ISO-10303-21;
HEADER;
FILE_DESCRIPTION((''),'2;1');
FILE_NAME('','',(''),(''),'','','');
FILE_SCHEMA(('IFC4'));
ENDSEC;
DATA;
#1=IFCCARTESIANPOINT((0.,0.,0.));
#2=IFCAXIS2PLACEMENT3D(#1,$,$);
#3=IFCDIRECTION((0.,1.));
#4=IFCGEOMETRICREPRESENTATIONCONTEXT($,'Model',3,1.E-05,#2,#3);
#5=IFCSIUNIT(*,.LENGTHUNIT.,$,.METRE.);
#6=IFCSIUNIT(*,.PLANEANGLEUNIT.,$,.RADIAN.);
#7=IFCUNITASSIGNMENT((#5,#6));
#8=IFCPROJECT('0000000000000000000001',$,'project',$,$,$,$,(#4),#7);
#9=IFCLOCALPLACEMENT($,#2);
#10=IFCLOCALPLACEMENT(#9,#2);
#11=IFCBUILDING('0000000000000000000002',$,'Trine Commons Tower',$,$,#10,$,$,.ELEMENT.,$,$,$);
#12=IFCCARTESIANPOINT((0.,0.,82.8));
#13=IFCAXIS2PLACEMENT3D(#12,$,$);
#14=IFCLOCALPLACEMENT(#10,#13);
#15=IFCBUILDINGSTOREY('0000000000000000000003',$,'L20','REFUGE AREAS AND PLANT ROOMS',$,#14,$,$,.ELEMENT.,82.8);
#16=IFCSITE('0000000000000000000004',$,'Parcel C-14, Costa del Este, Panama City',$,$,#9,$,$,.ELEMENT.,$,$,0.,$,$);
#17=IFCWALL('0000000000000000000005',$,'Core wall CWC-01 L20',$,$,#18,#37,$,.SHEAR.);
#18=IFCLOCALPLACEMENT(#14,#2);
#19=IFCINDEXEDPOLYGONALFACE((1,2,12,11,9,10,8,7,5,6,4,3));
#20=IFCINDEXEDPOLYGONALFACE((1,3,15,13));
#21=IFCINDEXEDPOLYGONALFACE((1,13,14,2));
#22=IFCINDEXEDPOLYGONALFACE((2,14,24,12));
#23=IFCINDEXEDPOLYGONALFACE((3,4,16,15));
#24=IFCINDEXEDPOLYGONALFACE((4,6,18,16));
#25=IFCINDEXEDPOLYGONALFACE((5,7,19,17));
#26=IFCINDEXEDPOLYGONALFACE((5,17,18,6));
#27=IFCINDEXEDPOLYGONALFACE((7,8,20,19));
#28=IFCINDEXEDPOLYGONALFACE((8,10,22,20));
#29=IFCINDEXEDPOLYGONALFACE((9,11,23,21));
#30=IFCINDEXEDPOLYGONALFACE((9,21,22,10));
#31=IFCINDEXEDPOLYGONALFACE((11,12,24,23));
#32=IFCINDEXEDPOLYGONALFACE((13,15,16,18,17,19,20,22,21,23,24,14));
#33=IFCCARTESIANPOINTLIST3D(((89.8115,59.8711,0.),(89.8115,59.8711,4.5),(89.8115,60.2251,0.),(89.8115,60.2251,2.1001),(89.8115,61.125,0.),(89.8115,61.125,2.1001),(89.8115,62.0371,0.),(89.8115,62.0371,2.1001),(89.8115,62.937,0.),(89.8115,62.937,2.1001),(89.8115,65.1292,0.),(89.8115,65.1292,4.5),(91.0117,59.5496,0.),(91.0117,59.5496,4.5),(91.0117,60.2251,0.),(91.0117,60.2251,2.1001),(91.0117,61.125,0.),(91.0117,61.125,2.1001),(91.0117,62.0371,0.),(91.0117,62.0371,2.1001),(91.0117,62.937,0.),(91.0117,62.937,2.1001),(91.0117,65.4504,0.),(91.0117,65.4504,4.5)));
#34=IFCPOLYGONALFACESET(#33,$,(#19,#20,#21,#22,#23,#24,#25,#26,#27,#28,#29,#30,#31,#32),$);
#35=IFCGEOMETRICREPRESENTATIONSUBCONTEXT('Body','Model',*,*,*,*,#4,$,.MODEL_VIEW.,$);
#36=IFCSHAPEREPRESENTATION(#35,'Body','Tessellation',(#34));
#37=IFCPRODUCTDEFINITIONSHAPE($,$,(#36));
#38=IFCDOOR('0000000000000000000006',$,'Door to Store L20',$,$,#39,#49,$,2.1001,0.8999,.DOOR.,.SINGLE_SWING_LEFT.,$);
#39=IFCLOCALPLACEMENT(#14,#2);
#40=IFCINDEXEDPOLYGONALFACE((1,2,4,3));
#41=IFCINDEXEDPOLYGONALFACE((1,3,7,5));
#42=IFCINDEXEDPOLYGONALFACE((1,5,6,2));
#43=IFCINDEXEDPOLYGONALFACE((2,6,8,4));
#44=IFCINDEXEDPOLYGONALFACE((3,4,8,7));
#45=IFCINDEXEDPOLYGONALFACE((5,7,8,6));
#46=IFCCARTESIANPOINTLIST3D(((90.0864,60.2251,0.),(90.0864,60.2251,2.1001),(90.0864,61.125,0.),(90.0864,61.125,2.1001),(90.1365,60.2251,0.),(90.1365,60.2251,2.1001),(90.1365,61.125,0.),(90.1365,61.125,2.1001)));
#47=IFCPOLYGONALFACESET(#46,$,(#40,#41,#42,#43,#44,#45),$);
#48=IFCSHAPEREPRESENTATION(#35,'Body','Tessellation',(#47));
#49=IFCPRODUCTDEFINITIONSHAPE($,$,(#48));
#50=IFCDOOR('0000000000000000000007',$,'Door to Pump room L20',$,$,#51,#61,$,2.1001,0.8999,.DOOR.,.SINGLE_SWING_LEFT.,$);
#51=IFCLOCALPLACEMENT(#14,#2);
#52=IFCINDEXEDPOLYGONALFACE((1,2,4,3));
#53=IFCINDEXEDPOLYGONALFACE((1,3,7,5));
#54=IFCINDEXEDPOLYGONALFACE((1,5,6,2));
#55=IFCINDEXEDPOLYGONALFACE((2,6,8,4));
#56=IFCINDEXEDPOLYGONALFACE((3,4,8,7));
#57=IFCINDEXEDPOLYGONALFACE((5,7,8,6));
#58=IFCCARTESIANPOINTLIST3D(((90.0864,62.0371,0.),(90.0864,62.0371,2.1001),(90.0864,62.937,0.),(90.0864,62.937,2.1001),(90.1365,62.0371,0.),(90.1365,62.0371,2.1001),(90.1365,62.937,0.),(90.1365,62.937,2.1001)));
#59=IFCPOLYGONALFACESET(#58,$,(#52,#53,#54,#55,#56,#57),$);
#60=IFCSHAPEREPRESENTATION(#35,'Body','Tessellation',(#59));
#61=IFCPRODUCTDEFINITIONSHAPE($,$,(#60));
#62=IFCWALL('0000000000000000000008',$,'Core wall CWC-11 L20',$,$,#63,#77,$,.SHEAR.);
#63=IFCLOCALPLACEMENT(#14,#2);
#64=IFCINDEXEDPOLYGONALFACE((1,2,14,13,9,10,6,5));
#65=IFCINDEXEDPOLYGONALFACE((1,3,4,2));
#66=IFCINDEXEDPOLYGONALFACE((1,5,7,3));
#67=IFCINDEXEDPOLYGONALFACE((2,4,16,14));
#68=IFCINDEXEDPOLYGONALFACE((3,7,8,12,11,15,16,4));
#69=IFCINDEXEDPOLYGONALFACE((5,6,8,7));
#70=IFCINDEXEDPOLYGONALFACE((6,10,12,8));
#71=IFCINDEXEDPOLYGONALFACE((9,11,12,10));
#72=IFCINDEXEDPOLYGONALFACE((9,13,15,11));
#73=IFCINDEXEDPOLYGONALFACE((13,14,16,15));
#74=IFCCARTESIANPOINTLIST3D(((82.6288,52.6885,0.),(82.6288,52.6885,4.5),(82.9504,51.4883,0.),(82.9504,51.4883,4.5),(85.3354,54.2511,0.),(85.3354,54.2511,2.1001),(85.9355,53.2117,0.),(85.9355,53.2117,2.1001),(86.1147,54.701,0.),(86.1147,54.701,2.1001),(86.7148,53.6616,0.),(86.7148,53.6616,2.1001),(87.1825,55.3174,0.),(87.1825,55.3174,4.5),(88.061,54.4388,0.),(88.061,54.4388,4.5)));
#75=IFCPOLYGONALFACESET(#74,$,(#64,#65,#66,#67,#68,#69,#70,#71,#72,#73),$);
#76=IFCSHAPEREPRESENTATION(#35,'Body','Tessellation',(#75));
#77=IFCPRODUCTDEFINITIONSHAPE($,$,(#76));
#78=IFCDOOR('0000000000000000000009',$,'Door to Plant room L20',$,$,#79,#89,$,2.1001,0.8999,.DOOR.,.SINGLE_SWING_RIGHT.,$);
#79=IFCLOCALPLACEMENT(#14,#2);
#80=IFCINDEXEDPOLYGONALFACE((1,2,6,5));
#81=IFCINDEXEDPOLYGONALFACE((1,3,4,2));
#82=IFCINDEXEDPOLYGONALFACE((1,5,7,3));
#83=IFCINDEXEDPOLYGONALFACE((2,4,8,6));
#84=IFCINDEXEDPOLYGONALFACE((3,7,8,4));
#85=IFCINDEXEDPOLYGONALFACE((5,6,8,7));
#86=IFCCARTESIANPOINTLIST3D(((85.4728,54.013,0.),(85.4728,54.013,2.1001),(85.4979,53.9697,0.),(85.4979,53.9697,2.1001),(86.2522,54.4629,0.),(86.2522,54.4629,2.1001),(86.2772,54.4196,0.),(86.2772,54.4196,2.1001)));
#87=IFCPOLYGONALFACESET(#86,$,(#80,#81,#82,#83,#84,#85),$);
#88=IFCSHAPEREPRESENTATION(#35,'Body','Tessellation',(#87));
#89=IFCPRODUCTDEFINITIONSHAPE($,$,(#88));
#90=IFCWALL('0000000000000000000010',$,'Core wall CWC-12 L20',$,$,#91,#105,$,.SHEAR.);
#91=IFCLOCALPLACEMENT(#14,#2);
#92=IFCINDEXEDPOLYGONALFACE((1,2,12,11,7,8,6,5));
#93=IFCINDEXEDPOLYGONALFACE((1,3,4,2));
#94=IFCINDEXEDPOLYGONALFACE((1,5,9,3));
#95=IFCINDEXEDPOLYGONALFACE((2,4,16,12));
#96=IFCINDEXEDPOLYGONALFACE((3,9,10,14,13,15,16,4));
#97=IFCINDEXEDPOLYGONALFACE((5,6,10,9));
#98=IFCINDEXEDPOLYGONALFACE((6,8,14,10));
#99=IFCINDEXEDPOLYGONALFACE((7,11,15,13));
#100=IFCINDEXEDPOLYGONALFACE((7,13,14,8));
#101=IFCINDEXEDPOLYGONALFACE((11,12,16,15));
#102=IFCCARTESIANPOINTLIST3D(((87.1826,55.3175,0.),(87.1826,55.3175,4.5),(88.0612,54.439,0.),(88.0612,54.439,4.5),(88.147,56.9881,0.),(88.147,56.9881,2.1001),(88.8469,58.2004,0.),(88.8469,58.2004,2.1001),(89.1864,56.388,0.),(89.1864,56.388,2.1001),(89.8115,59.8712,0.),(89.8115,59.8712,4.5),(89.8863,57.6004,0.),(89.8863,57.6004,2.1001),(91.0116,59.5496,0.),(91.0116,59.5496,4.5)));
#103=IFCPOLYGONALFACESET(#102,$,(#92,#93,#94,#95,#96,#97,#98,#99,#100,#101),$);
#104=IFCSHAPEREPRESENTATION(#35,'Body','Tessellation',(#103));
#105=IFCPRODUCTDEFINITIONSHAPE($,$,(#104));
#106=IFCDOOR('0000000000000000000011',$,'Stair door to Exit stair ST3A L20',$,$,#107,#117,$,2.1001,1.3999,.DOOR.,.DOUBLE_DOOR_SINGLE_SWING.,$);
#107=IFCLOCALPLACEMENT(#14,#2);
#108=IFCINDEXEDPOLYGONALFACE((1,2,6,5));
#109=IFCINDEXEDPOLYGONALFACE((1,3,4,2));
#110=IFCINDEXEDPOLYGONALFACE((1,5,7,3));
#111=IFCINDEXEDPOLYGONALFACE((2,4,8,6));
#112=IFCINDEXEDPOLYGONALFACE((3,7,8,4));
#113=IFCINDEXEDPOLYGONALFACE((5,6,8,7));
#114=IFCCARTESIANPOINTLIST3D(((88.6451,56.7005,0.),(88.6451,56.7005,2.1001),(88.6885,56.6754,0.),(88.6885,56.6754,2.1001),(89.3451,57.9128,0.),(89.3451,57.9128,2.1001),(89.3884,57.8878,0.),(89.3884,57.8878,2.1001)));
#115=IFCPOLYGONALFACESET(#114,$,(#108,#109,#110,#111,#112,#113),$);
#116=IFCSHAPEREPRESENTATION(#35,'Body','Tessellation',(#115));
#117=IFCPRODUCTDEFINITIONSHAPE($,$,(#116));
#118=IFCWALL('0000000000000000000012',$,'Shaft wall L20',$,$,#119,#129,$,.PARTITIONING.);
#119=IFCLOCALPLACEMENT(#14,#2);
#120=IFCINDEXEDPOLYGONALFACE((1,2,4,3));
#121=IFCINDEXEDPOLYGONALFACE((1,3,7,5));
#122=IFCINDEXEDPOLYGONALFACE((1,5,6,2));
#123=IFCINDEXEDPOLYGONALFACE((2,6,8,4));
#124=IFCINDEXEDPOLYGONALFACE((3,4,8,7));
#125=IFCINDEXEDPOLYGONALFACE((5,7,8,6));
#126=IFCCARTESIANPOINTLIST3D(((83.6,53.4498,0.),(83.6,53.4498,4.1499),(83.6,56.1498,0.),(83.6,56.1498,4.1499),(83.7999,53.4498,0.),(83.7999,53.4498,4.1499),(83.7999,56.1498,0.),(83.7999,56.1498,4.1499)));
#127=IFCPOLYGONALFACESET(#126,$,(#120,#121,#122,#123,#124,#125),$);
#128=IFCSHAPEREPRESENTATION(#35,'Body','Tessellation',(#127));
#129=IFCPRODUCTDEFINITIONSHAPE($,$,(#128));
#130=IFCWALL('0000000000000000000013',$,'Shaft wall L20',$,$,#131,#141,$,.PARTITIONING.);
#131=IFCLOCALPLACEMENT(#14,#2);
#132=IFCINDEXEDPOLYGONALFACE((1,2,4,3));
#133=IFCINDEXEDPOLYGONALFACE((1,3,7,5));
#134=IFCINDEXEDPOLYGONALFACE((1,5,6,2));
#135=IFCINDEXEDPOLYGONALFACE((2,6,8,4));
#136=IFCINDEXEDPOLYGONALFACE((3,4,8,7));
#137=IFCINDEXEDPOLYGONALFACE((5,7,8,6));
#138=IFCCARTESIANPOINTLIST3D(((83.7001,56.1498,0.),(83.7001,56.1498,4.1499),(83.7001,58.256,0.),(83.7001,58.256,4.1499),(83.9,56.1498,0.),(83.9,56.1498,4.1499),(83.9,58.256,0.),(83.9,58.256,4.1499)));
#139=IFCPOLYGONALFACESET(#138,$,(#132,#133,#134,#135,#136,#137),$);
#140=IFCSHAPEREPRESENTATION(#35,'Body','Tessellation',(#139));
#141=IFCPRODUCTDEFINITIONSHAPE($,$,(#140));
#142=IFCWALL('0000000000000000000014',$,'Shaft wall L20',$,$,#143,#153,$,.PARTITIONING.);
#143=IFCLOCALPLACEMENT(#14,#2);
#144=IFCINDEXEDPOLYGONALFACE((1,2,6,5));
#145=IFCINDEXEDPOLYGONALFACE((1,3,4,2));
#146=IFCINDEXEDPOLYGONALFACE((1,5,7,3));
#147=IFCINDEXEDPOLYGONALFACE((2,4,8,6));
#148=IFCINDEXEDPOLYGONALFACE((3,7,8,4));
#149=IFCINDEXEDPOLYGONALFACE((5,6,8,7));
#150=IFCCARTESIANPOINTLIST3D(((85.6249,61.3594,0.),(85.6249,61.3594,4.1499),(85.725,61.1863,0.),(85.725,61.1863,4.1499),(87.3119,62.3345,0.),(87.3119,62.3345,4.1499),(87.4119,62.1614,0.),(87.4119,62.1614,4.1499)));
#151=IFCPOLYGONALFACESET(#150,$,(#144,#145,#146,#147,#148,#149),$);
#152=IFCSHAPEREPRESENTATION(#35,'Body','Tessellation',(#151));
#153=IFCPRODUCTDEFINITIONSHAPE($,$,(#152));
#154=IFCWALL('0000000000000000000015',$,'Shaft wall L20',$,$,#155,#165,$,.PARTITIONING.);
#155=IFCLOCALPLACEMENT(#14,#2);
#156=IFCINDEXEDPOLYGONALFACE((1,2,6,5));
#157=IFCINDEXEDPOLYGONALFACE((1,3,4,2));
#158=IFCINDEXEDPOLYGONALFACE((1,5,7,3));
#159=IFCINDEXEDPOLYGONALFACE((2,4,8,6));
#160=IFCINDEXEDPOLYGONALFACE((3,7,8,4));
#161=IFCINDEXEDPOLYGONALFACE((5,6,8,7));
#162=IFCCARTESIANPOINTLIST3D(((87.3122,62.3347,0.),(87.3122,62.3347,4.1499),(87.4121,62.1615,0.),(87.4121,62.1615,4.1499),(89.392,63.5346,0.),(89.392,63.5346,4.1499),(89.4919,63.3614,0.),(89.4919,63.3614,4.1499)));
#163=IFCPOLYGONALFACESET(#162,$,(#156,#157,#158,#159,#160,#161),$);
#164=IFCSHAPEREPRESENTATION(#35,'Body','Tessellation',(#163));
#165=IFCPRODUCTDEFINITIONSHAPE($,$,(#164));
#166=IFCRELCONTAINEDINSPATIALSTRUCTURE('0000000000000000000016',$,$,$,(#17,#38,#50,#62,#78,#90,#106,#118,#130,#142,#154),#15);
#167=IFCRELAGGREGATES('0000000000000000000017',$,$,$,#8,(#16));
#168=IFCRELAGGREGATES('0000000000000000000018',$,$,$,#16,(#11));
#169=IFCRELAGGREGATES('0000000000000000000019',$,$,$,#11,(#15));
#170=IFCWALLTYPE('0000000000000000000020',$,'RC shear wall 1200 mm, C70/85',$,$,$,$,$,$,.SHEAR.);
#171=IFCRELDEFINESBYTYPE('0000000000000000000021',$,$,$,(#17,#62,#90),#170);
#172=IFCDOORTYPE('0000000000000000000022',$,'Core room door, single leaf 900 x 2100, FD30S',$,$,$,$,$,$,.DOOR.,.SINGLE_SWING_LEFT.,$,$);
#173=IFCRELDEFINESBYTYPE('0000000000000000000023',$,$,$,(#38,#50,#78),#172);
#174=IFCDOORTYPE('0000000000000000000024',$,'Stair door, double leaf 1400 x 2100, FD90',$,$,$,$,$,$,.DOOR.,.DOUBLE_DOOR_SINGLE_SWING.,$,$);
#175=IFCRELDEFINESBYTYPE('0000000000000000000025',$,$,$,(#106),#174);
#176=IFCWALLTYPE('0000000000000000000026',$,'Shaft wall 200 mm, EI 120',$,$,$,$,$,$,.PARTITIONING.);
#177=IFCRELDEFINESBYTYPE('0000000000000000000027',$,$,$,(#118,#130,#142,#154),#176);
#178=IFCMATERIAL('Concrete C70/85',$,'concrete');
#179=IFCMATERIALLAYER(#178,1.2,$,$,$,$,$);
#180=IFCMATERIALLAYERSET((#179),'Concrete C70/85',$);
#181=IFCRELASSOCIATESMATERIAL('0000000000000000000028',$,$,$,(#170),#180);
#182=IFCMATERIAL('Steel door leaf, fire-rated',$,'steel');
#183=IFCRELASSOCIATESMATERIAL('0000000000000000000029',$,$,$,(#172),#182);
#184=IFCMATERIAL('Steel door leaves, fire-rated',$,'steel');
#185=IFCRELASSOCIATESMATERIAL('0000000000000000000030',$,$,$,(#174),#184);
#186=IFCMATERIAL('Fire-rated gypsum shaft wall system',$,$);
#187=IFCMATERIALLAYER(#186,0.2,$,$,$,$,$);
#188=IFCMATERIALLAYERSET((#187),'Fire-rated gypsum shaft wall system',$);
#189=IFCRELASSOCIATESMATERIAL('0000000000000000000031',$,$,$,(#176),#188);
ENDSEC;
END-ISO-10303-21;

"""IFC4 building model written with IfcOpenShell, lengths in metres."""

from ifc_helpers import new_model, si_unit, direction, frame, frame_2d, origin, place, context, subcontext, project, spatial, polyline, rectangle, outline, extrude, material, layer, layer_set, type_object, element, fill, save


model = new_model("IFC4")

# Units and contexts
model_context = context("Model", 3, precision=1e-05, world=origin(), true_north=direction((0.0, 1.0)))
body_context = subcontext(model_context, "Body", "Model", "MODEL_VIEW")
ifc_project = project(units=[si_unit("LENGTHUNIT", "METRE"), si_unit("PLANEANGLEUNIT", "RADIAN")], contexts=[model_context])

# Site, building, storey
site_placement = place(None, origin())
site = spatial("IfcSite", under=ifc_project, at=site_placement, Name="Parcel C-14, Costa del Este, Panama City", CompositionType="ELEMENT", RefElevation=0.0)
building_placement = place(site_placement, origin())
building = spatial("IfcBuilding", under=site, at=building_placement, Name="Trine Commons Tower", CompositionType="ELEMENT")
storey_placement = place(building_placement, frame((0.0, 0.0, 82.8)))
storey = spatial("IfcBuildingStorey", under=building, at=storey_placement, Name="L20", Description="REFUGE AREAS AND PLANT ROOMS", CompositionType="ELEMENT", Elevation=82.8)

# Wall, openings, doors
ifc_material_1 = material(Name="Concrete C70/85", Category="concrete")
ifc_layer_1 = layer(ifc_material_1, 1.2)
ifc_layer_set_1 = layer_set([ifc_layer_1], Name="Concrete C70/85")
wall_type_1 = type_object("IfcWallType", Name="RC shear wall 1200 mm, C70/85", PredefinedType="SHEAR", material=ifc_layer_set_1)
wall_1_placement = place(storey_placement, frame((90.4116, 59.5496, 0.0), z_axis=(0.0, 0.0, 1.0), x_axis=(0.0, 1.0, 0.0)))
wall_1 = element("IfcWall", 1, at=wall_1_placement, inside=storey, type_object=wall_type_1, Name="Core wall CWC-01 L20", PredefinedType="SHEAR", context=body_context, shape_type="SweptSolid", body=[
    extrude(outline(polyline([(0.0, -0.6001), (5.9009, -0.6001), (5.5796, 0.6001), (0.3215, 0.6001), (0.0, -0.6001)])), origin(), (0.0, 0.0, 1.0), 4.5),
])
opening_1_placement = place(wall_1_placement, frame((0.6755, 0.0, 0.0)))
opening_1 = element("IfcOpeningElement", 2, at=opening_1_placement, cuts=wall_1, PredefinedType="OPENING", context=body_context, shape_type="SweptSolid", body=[
    extrude(rectangle(XDim=0.8999, YDim=2.1001, at=frame_2d((0.45, 1.05))), frame((0.0, 0.6099, 0.0), z_axis=(0.0, -1.0, 0.0), x_axis=(1.0, 0.0, 0.0)), (0.0, 0.0, 1.0), 1.22),
])
opening_2_placement = place(wall_1_placement, frame((2.4875, 0.0, 0.0)))
opening_2 = element("IfcOpeningElement", 3, at=opening_2_placement, cuts=wall_1, PredefinedType="OPENING", context=body_context, shape_type="SweptSolid", body=[
    extrude(rectangle(XDim=0.8999, YDim=2.1001, at=frame_2d((0.45, 1.05))), frame((0.0, 0.6099, 0.0), z_axis=(0.0, -1.0, 0.0), x_axis=(1.0, 0.0, 0.0)), (0.0, 0.0, 1.0), 1.22),
])
ifc_material_2 = material(Name="Steel door leaf, fire-rated", Category="steel")
door_type_1 = type_object("IfcDoorType", Name="Core room door, single leaf 900 x 2100, FD30S", OperationType="SINGLE_SWING_LEFT", PredefinedType="DOOR", material=ifc_material_2)
door_1_placement = place(opening_1_placement, origin())
door_1 = element("IfcDoor", 4, at=door_1_placement, inside=storey, type_object=door_type_1, Name="Door to Store L20", OperationType="SINGLE_SWING_LEFT", OverallHeight=2.1001, OverallWidth=0.8999, PredefinedType="DOOR", context=body_context, shape_type="SweptSolid", body=[
    extrude(rectangle(XDim=0.8999, YDim=2.1001, at=frame_2d((0.45, 1.05))), frame((0.0, 0.3252, 0.0), z_axis=(0.0, -1.0, 0.0), x_axis=(1.0, 0.0, 0.0)), (0.0, 0.0, 1.0), 0.05),
])
fill(opening_1, door_1)
door_2_placement = place(opening_2_placement, origin())
door_2 = element("IfcDoor", 5, at=door_2_placement, inside=storey, type_object=door_type_1, Name="Door to Pump room L20", OperationType="SINGLE_SWING_LEFT", OverallHeight=2.1001, OverallWidth=0.8999, PredefinedType="DOOR", context=body_context, shape_type="SweptSolid", body=[
    extrude(rectangle(XDim=0.8999, YDim=2.1001, at=frame_2d((0.45, 1.05))), frame((0.0, 0.3252, 0.0), z_axis=(0.0, -1.0, 0.0), x_axis=(1.0, 0.0, 0.0)), (0.0, 0.0, 1.0), 0.05),
])
fill(opening_2, door_2)

# Walls, openings, doors
wall_2_placement = place(storey_placement, frame((82.6504, 52.0081, 0.0), z_axis=(0.0, 0.0, 1.0), x_axis=(0.866037, 0.499979, 0.0)))
wall_2 = element("IfcWall", 6, at=wall_2_placement, inside=storey, type_object=wall_type_1, Name="Core wall CWC-11 L20", PredefinedType="SHEAR", context=body_context, shape_type="SweptSolid", body=[
    extrude(outline(polyline([(0.0, -0.6001), (5.9011, -0.6001), (5.5796, 0.6001), (0.3215, 0.6001), (0.0, -0.6001)])), origin(), (0.0, 0.0, 1.0), 4.5),
])
opening_3_placement = place(wall_2_placement, frame((3.4468, 0.0, 0.0)))
opening_3 = element("IfcOpeningElement", 7, at=opening_3_placement, cuts=wall_2, PredefinedType="OPENING", context=body_context, shape_type="SweptSolid", body=[
    extrude(rectangle(XDim=0.8999, YDim=2.1001, at=frame_2d((0.45, 1.05))), frame((0.0, 0.6099, 0.0), z_axis=(0.0, -1.0, 0.0), x_axis=(1.0, 0.0, 0.0)), (0.0, 0.0, 1.0), 1.22),
])
door_3_placement = place(opening_3_placement, origin())
door_3 = element("IfcDoor", 8, at=door_3_placement, inside=storey, type_object=door_type_1, Name="Door to Plant room L20", OperationType="SINGLE_SWING_RIGHT", OverallHeight=2.1001, OverallWidth=0.8999, PredefinedType="DOOR", context=body_context, shape_type="SweptSolid", body=[
    extrude(rectangle(XDim=0.8999, YDim=2.1001, at=frame_2d((0.45, 1.05))), frame((0.0, 0.3252, 0.0), z_axis=(0.0, -1.0, 0.0), x_axis=(1.0, 0.0, 0.0)), (0.0, 0.0, 1.0), 0.05),
])
fill(opening_3, door_3)
wall_3_placement = place(storey_placement, frame((87.5415, 54.739, 0.0), z_axis=(0.0, 0.0, 1.0), x_axis=(0.499979, 0.866037, 0.0)))
wall_3 = element("IfcWall", 9, at=wall_3_placement, inside=storey, type_object=wall_type_1, Name="Core wall CWC-12 L20", PredefinedType="SHEAR", context=body_context, shape_type="SweptSolid", body=[
    extrude(outline(polyline([(0.0, -0.6001), (5.9011, -0.6001), (5.5796, 0.6001), (0.3215, 0.6001), (0.0, -0.6001)])), origin(), (0.0, 0.0, 1.0), 4.5),
])
opening_4_placement = place(wall_3_placement, frame((2.2505, 0.0, 0.0)))
opening_4 = element("IfcOpeningElement", 10, at=opening_4_placement, cuts=wall_3, PredefinedType="OPENING", context=body_context, shape_type="SweptSolid", body=[
    extrude(rectangle(XDim=1.3999, YDim=2.1001, at=frame_2d((0.7, 1.05))), frame((0.0, 0.6099, 0.0), z_axis=(0.0, -1.0, 0.0), x_axis=(1.0, 0.0, 0.0)), (0.0, 0.0, 1.0), 1.22),
])
ifc_material_3 = material(Name="Steel door leaves, fire-rated", Category="steel")
door_type_2 = type_object("IfcDoorType", Name="Stair door, double leaf 1400 x 2100, FD90", OperationType="DOUBLE_DOOR_SINGLE_SWING", PredefinedType="DOOR", material=ifc_material_3)
door_4_placement = place(opening_4_placement, origin())
door_4 = element("IfcDoor", 11, at=door_4_placement, inside=storey, type_object=door_type_2, Name="Stair door to Exit stair ST3A L20", OperationType="DOUBLE_DOOR_SINGLE_SWING", OverallHeight=2.1001, OverallWidth=1.3999, PredefinedType="DOOR", context=body_context, shape_type="SweptSolid", body=[
    extrude(rectangle(XDim=1.3999, YDim=2.1001, at=frame_2d((0.7, 1.05))), frame((0.0, 0.0249, 0.0), z_axis=(0.0, -1.0, 0.0), x_axis=(1.0, 0.0, 0.0)), (0.0, 0.0, 1.0), 0.05),
])
fill(opening_4, door_4)

# Walls
ifc_material_4 = material(Name="Fire-rated gypsum shaft wall system")
ifc_layer_2 = layer(ifc_material_4, 0.2)
ifc_layer_set_2 = layer_set([ifc_layer_2], Name="Fire-rated gypsum shaft wall system")
wall_type_2 = type_object("IfcWallType", Name="Shaft wall 200 mm, EI 120", PredefinedType="PARTITIONING", material=ifc_layer_set_2)
wall_4_placement = place(storey_placement, frame((83.7, 56.1499, 0.0), z_axis=(0.0, 0.0, 1.0), x_axis=(0.0, -1.0, 0.0)))
element("IfcWall", 12, at=wall_4_placement, inside=storey, type_object=wall_type_2, Name="Shaft wall L20", PredefinedType="PARTITIONING", context=body_context, shape_type="SweptSolid", body=[
    extrude(rectangle(XDim=2.7, YDim=0.2, at=frame_2d((1.3501, 0.0))), origin(), (0.0, 0.0, 1.0), 4.1499),
])
wall_5_placement = place(storey_placement, frame((83.8, 58.2561, 0.0), z_axis=(0.0, 0.0, 1.0), x_axis=(0.0, -1.0, 0.0)))
element("IfcWall", 13, at=wall_5_placement, inside=storey, type_object=wall_type_2, Name="Shaft wall L20", PredefinedType="PARTITIONING", context=body_context, shape_type="SweptSolid", body=[
    extrude(rectangle(XDim=2.1062, YDim=0.2, at=frame_2d((1.0532, 0.0))), origin(), (0.0, 0.0, 1.0), 4.1499),
])
wall_6_placement = place(storey_placement, frame((85.675, 61.2729, 0.0), z_axis=(0.0, 0.0, 1.0), x_axis=(0.865781, 0.500424, 0.0)))
element("IfcWall", 14, at=wall_6_placement, inside=storey, type_object=wall_type_2, Name="Shaft wall L20", PredefinedType="PARTITIONING", context=body_context, shape_type="SweptSolid", body=[
    extrude(rectangle(XDim=1.9485, YDim=0.2, at=frame_2d((0.9741, 0.0))), origin(), (0.0, 0.0, 1.0), 4.1499),
])
wall_7_placement = place(storey_placement, frame((87.3621, 62.248, 0.0), z_axis=(0.0, 0.0, 1.0), x_axis=(0.866177, 0.499737, 0.0)))
element("IfcWall", 15, at=wall_7_placement, inside=storey, type_object=wall_type_2, Name="Shaft wall L20", PredefinedType="PARTITIONING", context=body_context, shape_type="SweptSolid", body=[
    extrude(rectangle(XDim=2.4011, YDim=0.2, at=frame_2d((1.2007, 0.0))), origin(), (0.0, 0.0, 1.0), 4.1499),
])

save(model, "model.ifc")
